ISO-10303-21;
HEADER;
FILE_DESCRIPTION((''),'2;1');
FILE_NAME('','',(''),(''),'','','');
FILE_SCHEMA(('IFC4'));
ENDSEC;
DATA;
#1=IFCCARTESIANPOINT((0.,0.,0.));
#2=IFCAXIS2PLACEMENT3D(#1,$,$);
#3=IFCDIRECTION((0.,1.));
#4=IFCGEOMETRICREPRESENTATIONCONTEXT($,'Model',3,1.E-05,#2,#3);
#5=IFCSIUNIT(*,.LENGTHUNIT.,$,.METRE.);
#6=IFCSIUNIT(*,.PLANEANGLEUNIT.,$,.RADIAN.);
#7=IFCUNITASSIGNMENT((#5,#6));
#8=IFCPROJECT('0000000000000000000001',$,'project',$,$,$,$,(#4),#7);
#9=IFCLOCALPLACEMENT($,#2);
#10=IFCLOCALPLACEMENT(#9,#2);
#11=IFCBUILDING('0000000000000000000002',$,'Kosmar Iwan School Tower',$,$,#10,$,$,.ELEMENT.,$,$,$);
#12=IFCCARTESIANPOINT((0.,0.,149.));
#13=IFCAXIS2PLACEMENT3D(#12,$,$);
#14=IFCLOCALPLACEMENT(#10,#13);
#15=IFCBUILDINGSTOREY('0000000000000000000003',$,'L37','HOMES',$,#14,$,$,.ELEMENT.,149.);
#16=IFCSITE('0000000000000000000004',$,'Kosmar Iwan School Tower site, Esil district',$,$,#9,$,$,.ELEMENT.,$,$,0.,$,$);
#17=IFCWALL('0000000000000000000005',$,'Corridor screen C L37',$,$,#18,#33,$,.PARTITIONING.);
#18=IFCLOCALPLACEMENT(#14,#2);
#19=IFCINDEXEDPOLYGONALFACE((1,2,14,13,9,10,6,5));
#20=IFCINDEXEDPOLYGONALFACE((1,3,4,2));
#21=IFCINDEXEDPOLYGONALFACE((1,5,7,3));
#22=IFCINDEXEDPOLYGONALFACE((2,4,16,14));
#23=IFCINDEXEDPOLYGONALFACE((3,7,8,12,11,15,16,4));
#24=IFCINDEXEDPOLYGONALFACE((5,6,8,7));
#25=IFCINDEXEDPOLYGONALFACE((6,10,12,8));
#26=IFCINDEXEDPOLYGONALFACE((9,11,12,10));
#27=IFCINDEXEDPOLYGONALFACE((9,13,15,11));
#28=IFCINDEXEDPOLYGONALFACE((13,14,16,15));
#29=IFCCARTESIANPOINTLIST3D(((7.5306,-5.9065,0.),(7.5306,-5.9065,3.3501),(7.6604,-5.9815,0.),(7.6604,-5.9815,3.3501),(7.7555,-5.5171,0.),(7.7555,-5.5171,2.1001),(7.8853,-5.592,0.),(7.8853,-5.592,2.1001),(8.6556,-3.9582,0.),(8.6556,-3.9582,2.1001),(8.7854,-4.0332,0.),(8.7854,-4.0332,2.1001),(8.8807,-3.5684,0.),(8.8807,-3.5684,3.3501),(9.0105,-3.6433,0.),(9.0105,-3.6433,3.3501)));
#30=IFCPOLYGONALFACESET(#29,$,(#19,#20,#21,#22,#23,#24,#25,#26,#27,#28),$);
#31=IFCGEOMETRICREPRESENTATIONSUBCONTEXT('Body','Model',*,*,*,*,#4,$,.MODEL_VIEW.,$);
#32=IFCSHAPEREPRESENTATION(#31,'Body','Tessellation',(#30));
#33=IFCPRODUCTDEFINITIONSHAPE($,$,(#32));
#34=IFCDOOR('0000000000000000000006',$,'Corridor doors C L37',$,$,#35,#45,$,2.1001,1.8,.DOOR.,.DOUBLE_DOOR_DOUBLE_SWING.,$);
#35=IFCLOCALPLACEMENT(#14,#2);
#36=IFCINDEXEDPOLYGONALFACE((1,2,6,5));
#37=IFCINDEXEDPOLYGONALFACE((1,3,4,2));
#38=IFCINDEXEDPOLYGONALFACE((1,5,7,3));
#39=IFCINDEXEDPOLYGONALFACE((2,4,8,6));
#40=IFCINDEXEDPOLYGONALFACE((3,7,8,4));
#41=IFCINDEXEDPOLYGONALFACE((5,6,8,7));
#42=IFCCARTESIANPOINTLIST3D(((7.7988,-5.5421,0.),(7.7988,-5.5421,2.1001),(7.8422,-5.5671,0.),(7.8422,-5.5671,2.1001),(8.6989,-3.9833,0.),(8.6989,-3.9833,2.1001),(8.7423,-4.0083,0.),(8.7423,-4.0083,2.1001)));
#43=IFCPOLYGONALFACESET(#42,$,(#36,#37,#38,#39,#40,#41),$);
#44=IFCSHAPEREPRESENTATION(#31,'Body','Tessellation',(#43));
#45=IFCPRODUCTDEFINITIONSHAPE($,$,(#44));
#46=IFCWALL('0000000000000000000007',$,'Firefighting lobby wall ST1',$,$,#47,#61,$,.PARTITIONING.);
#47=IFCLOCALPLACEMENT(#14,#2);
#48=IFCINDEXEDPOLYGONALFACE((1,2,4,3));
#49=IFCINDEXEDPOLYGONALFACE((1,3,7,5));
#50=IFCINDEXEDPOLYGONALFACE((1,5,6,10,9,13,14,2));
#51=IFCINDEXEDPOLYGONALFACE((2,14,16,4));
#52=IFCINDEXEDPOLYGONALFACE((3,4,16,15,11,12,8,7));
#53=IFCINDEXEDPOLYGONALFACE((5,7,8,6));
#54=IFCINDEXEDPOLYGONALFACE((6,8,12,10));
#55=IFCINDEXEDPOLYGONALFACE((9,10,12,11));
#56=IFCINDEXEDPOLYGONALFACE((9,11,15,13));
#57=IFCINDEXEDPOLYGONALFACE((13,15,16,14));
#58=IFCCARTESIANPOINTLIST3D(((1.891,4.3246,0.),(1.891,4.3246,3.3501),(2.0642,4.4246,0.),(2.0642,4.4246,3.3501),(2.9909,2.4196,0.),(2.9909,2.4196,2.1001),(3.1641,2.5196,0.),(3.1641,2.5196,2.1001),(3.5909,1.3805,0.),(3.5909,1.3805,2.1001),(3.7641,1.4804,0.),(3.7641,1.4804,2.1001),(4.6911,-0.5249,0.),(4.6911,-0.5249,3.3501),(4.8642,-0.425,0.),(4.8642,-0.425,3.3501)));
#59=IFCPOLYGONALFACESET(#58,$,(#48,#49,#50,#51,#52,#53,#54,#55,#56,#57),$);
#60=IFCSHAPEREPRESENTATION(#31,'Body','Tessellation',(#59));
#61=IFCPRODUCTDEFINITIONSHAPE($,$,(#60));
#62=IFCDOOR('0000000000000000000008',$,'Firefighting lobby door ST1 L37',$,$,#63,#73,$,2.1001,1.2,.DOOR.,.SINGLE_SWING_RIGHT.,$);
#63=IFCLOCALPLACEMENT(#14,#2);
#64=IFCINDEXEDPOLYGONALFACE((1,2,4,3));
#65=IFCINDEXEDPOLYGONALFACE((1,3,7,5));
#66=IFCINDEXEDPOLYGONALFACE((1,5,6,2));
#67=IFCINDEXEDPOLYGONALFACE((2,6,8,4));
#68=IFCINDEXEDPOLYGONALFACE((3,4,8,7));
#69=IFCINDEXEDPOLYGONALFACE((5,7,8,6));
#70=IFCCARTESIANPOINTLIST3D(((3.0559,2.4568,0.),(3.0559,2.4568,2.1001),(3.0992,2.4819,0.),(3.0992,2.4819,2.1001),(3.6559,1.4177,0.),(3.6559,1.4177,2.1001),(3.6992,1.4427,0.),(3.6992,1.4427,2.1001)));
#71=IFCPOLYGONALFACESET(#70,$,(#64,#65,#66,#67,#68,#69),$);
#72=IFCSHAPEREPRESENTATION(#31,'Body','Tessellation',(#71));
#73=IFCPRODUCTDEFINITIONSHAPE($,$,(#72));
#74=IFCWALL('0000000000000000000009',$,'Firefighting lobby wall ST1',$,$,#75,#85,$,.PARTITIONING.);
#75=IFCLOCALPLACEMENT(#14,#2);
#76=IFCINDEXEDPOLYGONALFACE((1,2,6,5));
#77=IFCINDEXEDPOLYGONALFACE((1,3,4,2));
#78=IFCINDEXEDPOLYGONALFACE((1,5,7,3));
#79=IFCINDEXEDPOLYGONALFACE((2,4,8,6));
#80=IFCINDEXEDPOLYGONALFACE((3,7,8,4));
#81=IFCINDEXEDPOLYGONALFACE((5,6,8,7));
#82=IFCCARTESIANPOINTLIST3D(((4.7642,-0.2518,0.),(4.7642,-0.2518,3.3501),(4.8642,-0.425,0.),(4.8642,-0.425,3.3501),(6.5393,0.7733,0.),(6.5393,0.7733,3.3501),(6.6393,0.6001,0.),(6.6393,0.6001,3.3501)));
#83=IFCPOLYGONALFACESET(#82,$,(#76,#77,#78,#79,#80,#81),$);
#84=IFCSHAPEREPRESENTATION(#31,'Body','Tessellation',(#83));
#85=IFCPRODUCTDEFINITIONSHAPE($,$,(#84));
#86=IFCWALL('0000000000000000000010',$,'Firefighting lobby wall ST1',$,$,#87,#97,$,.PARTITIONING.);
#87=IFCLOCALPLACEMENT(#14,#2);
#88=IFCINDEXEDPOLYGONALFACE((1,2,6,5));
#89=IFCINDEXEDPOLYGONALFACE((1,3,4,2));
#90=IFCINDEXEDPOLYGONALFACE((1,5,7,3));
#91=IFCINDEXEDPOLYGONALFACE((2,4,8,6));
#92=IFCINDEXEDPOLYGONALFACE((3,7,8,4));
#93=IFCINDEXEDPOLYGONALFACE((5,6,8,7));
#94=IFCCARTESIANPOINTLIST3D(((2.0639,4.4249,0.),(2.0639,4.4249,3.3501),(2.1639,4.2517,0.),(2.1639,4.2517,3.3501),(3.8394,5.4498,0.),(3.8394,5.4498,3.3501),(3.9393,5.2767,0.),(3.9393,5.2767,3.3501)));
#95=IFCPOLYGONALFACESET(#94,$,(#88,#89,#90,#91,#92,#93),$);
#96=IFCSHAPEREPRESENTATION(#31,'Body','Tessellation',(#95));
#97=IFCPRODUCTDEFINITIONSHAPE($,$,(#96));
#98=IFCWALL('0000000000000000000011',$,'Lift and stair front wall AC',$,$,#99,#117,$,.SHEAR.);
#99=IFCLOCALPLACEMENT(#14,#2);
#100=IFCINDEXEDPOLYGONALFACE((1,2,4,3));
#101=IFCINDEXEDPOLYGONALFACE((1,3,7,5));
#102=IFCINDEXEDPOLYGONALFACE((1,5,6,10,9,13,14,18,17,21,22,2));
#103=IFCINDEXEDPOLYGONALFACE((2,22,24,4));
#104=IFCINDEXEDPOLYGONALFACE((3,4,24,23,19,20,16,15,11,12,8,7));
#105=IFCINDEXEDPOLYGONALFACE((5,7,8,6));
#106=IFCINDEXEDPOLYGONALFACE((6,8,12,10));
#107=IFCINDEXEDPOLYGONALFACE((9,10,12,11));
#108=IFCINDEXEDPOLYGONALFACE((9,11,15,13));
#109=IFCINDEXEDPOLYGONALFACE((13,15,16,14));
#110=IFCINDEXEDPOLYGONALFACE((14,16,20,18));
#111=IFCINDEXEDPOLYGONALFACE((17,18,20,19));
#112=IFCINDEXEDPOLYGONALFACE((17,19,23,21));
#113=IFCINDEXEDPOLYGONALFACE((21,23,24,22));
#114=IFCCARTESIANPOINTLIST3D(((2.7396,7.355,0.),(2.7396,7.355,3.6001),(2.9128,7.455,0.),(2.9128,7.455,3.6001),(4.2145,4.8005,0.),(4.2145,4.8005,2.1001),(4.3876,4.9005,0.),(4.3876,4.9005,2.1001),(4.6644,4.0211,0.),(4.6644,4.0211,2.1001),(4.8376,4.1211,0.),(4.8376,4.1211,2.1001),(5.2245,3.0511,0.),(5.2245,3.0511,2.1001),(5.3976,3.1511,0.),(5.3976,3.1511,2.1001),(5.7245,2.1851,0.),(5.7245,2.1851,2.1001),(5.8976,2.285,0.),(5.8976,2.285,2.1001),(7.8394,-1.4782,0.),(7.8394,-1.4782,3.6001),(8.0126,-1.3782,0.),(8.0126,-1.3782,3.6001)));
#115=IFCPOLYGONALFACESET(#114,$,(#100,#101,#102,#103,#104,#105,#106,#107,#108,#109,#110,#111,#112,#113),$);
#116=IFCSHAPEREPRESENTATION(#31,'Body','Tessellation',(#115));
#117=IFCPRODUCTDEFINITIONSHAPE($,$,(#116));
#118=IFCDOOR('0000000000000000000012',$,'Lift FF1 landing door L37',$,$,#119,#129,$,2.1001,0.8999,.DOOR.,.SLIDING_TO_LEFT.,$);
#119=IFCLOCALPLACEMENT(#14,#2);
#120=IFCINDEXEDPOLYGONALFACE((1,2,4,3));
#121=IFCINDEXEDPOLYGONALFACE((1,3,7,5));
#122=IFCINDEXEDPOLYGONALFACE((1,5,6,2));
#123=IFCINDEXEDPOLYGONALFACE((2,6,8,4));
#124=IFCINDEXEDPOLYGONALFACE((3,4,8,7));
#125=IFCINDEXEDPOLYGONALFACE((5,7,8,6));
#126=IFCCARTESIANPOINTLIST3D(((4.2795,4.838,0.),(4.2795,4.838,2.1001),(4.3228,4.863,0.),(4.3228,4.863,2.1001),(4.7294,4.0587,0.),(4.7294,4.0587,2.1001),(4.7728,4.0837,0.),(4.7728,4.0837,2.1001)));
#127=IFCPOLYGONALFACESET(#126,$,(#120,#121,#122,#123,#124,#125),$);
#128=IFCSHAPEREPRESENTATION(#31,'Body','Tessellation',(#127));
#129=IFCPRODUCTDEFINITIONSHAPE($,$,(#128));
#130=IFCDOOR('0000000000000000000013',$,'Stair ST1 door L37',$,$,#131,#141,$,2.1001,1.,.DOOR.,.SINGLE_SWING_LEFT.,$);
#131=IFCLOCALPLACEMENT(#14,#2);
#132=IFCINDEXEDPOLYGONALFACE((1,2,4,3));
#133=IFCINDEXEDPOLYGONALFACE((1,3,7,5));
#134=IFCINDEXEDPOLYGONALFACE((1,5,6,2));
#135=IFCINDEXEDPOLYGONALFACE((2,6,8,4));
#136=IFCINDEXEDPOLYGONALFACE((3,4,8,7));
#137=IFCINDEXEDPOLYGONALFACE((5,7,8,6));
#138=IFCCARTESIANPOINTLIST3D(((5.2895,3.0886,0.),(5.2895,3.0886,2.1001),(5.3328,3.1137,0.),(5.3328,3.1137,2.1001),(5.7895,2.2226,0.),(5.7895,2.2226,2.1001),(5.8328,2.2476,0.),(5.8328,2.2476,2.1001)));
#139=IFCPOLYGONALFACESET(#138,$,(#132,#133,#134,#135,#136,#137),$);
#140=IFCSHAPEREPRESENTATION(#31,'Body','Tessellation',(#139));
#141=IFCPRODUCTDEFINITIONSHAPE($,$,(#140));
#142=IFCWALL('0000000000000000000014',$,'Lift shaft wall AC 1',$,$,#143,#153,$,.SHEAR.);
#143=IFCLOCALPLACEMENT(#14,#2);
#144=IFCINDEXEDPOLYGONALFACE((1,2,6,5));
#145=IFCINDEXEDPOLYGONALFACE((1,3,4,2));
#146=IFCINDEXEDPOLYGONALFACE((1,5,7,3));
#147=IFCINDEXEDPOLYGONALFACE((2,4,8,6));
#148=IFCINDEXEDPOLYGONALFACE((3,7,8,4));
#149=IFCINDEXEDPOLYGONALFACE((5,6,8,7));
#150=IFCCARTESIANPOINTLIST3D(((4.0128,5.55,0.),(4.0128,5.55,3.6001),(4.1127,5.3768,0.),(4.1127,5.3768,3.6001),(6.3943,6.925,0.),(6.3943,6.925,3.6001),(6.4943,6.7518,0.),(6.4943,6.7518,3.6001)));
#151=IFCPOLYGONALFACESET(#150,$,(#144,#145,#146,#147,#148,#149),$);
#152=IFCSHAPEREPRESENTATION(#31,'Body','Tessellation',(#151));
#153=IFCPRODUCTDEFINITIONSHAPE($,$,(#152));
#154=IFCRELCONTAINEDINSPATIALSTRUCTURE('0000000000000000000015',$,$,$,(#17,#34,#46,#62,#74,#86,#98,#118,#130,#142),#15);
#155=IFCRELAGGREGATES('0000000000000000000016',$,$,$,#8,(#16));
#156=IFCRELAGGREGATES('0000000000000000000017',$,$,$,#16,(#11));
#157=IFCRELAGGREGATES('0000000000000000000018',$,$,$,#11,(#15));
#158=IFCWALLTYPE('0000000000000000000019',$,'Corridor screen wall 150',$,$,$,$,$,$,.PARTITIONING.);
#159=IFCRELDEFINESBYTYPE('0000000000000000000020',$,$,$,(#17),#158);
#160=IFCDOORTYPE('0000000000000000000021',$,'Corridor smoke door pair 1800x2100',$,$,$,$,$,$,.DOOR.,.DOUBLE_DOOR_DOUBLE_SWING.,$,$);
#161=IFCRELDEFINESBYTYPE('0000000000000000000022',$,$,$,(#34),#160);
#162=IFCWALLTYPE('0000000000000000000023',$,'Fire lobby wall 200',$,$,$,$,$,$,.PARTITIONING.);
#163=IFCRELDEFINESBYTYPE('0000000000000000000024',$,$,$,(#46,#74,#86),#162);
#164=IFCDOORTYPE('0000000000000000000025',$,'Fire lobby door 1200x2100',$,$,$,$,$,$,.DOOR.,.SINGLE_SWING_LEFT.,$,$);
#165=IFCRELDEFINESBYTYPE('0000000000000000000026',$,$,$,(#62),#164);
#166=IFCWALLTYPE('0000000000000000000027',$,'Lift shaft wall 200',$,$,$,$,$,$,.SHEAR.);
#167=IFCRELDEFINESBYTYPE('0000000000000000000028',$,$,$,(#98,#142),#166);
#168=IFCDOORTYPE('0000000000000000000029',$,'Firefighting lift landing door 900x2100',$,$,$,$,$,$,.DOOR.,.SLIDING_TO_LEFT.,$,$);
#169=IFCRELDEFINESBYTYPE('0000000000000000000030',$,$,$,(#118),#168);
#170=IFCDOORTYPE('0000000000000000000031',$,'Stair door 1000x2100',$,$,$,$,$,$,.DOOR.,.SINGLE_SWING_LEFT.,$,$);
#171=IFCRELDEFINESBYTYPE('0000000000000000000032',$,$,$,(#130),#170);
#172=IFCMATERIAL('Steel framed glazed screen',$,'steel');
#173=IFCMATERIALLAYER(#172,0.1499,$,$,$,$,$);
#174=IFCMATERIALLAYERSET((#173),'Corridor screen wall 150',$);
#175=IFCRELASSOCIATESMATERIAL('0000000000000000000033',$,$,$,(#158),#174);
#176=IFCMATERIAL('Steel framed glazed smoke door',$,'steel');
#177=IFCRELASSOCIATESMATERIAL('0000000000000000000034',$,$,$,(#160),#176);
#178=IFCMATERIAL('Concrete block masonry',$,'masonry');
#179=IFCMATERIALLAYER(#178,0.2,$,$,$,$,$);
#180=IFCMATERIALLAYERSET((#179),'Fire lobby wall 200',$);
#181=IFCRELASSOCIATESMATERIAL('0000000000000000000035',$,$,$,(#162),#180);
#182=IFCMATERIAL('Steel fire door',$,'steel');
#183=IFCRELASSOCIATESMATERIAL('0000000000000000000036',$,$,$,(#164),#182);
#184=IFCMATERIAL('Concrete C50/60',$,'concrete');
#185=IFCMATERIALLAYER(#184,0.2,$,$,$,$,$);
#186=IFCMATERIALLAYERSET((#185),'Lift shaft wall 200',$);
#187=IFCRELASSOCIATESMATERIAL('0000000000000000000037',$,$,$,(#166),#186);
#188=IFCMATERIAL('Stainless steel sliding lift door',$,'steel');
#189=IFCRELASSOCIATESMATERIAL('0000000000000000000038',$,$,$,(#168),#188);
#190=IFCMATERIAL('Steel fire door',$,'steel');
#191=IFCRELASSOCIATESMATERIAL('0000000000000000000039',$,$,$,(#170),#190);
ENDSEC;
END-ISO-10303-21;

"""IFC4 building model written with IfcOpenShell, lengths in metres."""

from ifc_helpers import new_model, si_unit, direction, frame, frame_2d, origin, place, context, subcontext, project, spatial, rectangle, extrude, material, layer, layer_set, type_object, element, fill, save


model = new_model("IFC4")

# Units and contexts
model_context = context("Model", 3, precision=1e-05, world=origin(), true_north=direction((0.0, 1.0)))
body_context = subcontext(model_context, "Body", "Model", "MODEL_VIEW")
ifc_project = project(units=[si_unit("LENGTHUNIT", "METRE"), si_unit("PLANEANGLEUNIT", "RADIAN")], contexts=[model_context])

# Site, building, storey
site_placement = place(None, origin())
site = spatial("IfcSite", under=ifc_project, at=site_placement, Name="Kosmar Iwan School Tower site, Esil district", CompositionType="ELEMENT", RefElevation=0.0)
building_placement = place(site_placement, origin())
building = spatial("IfcBuilding", under=site, at=building_placement, Name="Kosmar Iwan School Tower", CompositionType="ELEMENT")
storey_placement = place(building_placement, frame((0.0, 0.0, 149.0)))
storey = spatial("IfcBuildingStorey", under=building, at=storey_placement, Name="L37", Description="HOMES", CompositionType="ELEMENT", Elevation=149.0)

# Walls, openings, doors
ifc_material_1 = material(Name="Steel framed glazed screen", Category="steel")
ifc_layer_1 = layer(ifc_material_1, 0.1499)
ifc_layer_set_1 = layer_set([ifc_layer_1], Name="Corridor screen wall 150")
wall_type_1 = type_object("IfcWallType", Name="Corridor screen wall 150", PredefinedType="PARTITIONING", material=ifc_layer_set_1)
wall_1_placement = place(storey_placement, frame((7.5955, -5.9441, 0.0), z_axis=(0.0, 0.0, 1.0), x_axis=(0.500049, 0.865997, 0.0)))
wall_1 = element("IfcWall", 1, at=wall_1_placement, inside=storey, type_object=wall_type_1, Name="Corridor screen C L37", PredefinedType="PARTITIONING", context=body_context, shape_type="SweptSolid", body=[
    extrude(rectangle(XDim=2.7, YDim=0.1499, at=frame_2d((1.3501, 0.0))), origin(), (0.0, 0.0, 1.0), 3.3501),
])
opening_1_placement = place(wall_1_placement, frame((0.45, 0.0, 0.0)))
opening_1 = element("IfcOpeningElement", 2, at=opening_1_placement, cuts=wall_1, PredefinedType="OPENING", context=body_context, shape_type="SweptSolid", body=[
    extrude(rectangle(XDim=1.8, YDim=2.1001, at=frame_2d((0.8999, 1.05))), frame((0.0, 0.0869, 0.0), z_axis=(0.0, -1.0, 0.0), x_axis=(1.0, 0.0, 0.0)), (0.0, 0.0, 1.0), 0.1738),
])
ifc_material_2 = material(Name="Steel framed glazed smoke door", Category="steel")
door_type_1 = type_object("IfcDoorType", Name="Corridor smoke door pair 1800x2100", OperationType="DOUBLE_DOOR_DOUBLE_SWING", PredefinedType="DOOR", material=ifc_material_2)
door_1_placement = place(opening_1_placement, origin())
door_1 = element("IfcDoor", 3, at=door_1_placement, inside=storey, type_object=door_type_1, Name="Corridor doors C L37", OperationType="DOUBLE_DOOR_DOUBLE_SWING", OverallHeight=2.1001, OverallWidth=1.8, PredefinedType="DOOR", context=body_context, shape_type="SweptSolid", body=[
    extrude(rectangle(XDim=1.8, YDim=2.1001, at=frame_2d((0.8999, 1.05))), frame((0.0, 0.0249, 0.0), z_axis=(0.0, -1.0, 0.0), x_axis=(1.0, 0.0, 0.0)), (0.0, 0.0, 1.0), 0.05),
])
fill(opening_1, door_1)
ifc_material_3 = material(Name="Concrete block masonry", Category="masonry")
ifc_layer_2 = layer(ifc_material_3, 0.2)
ifc_layer_set_2 = layer_set([ifc_layer_2], Name="Fire lobby wall 200")
wall_type_2 = type_object("IfcWallType", Name="Fire lobby wall 200", PredefinedType="PARTITIONING", material=ifc_layer_set_2)
wall_2_placement = place(storey_placement, frame((4.7776, -0.4749, 0.0), z_axis=(0.0, 0.0, 1.0), x_axis=(-0.500017, 0.866016, 0.0)))
wall_2 = element("IfcWall", 4, at=wall_2_placement, inside=storey, type_object=wall_type_2, Name="Firefighting lobby wall ST1", PredefinedType="PARTITIONING", context=body_context, shape_type="SweptSolid", body=[
    extrude(rectangle(XDim=5.5999, YDim=0.2, at=frame_2d((2.7998, 0.0))), origin(), (0.0, 0.0, 1.0), 3.3501),
])
opening_2_placement = place(wall_2_placement, frame((2.2, 0.0, 0.0)))
opening_2 = element("IfcOpeningElement", 5, at=opening_2_placement, cuts=wall_2, PredefinedType="OPENING", context=body_context, shape_type="SweptSolid", body=[
    extrude(rectangle(XDim=1.2, YDim=2.1001, at=frame_2d((0.6001, 1.05))), frame((0.0, 0.1121, 0.0), z_axis=(0.0, -1.0, 0.0), x_axis=(1.0, 0.0, 0.0)), (0.0, 0.0, 1.0), 0.2239),
])
ifc_material_4 = material(Name="Steel fire door", Category="steel")
door_type_2 = type_object("IfcDoorType", Name="Fire lobby door 1200x2100", OperationType="SINGLE_SWING_LEFT", PredefinedType="DOOR", material=ifc_material_4)
door_2_placement = place(opening_2_placement, frame((1.2, 0.0, 0.0), z_axis=(0.0, 0.0, 1.0), x_axis=(-1.0, 0.0, 0.0)))
door_2 = element("IfcDoor", 6, at=door_2_placement, inside=storey, type_object=door_type_2, Name="Firefighting lobby door ST1 L37", OperationType="SINGLE_SWING_RIGHT", OverallHeight=2.1001, OverallWidth=1.2, PredefinedType="DOOR", context=body_context, shape_type="SweptSolid", body=[
    extrude(rectangle(XDim=1.2, YDim=2.1001, at=frame_2d((0.6001, 1.05))), frame((0.0, 0.0249, 0.0), z_axis=(0.0, -1.0, 0.0), x_axis=(1.0, 0.0, 0.0)), (0.0, 0.0, 1.0), 0.05),
])
fill(opening_2, door_2)

# Walls
wall_3_placement = place(storey_placement, frame((4.8142, -0.3384, 0.0), z_axis=(0.0, 0.0, 1.0), x_axis=(0.865969, 0.500097, 0.0)))
element("IfcWall", 7, at=wall_3_placement, inside=storey, type_object=wall_type_2, Name="Firefighting lobby wall ST1", PredefinedType="PARTITIONING", context=body_context, shape_type="SweptSolid", body=[
    extrude(rectangle(XDim=2.0498, YDim=0.2, at=frame_2d((1.0249, 0.0))), origin(), (0.0, 0.0, 1.0), 3.3501),
])
wall_4_placement = place(storey_placement, frame((2.114, 4.3384, 0.0), z_axis=(0.0, 0.0, 1.0), x_axis=(0.866051, 0.499956, 0.0)))
element("IfcWall", 8, at=wall_4_placement, inside=storey, type_object=wall_type_2, Name="Firefighting lobby wall ST1", PredefinedType="PARTITIONING", context=body_context, shape_type="SweptSolid", body=[
    extrude(rectangle(XDim=2.05, YDim=0.2, at=frame_2d((1.0249, 0.0))), origin(), (0.0, 0.0, 1.0), 3.3501),
])

# Wall, openings, doors
ifc_material_5 = material(Name="Concrete C50/60", Category="concrete")
ifc_layer_3 = layer(ifc_material_5, 0.2)
ifc_layer_set_3 = layer_set([ifc_layer_3], Name="Lift shaft wall 200")
wall_type_3 = type_object("IfcWallType", Name="Lift shaft wall 200", PredefinedType="SHEAR", material=ifc_layer_set_3)
wall_5_placement = place(storey_placement, frame((7.926, -1.4282, 0.0), z_axis=(0.0, 0.0, 1.0), x_axis=(-0.499998, 0.866027, 0.0)))
wall_5 = element("IfcWall", 9, at=wall_5_placement, inside=storey, type_object=wall_type_3, Name="Lift and stair front wall AC", PredefinedType="SHEAR", context=body_context, shape_type="SweptSolid", body=[
    extrude(rectangle(XDim=10.1997, YDim=0.2, at=frame_2d((5.0999, 0.0))), origin(), (0.0, 0.0, 1.0), 3.6001),
])
opening_3_placement = place(wall_5_placement, frame((6.3501, 0.0, 0.0)))
opening_3 = element("IfcOpeningElement", 10, at=opening_3_placement, cuts=wall_5, PredefinedType="OPENING", context=body_context, shape_type="SweptSolid", body=[
    extrude(rectangle(XDim=0.8999, YDim=2.1001, at=frame_2d((0.45, 1.05))), frame((0.0, 0.1121, 0.0), z_axis=(0.0, -1.0, 0.0), x_axis=(1.0, 0.0, 0.0)), (0.0, 0.0, 1.0), 0.2239),
])
opening_4_placement = place(wall_5_placement, frame((4.23, 0.0, 0.0)))
opening_4 = element("IfcOpeningElement", 11, at=opening_4_placement, cuts=wall_5, PredefinedType="OPENING", context=body_context, shape_type="SweptSolid", body=[
    extrude(rectangle(XDim=1.0, YDim=2.1001, at=frame_2d((0.5, 1.05))), frame((0.0, 0.1121, 0.0), z_axis=(0.0, -1.0, 0.0), x_axis=(1.0, 0.0, 0.0)), (0.0, 0.0, 1.0), 0.2239),
])
ifc_material_6 = material(Name="Stainless steel sliding lift door", Category="steel")
door_type_3 = type_object("IfcDoorType", Name="Firefighting lift landing door 900x2100", OperationType="SLIDING_TO_LEFT", PredefinedType="DOOR", material=ifc_material_6)
door_3_placement = place(opening_3_placement, origin())
door_3 = element("IfcDoor", 12, at=door_3_placement, inside=storey, type_object=door_type_3, Name="Lift FF1 landing door L37", OperationType="SLIDING_TO_LEFT", OverallHeight=2.1001, OverallWidth=0.8999, PredefinedType="DOOR", context=body_context, shape_type="SweptSolid", body=[
    extrude(rectangle(XDim=0.8999, YDim=2.1001, at=frame_2d((0.45, 1.05))), frame((0.0, 0.0249, 0.0), z_axis=(0.0, -1.0, 0.0), x_axis=(1.0, 0.0, 0.0)), (0.0, 0.0, 1.0), 0.05),
])
fill(opening_3, door_3)
ifc_material_7 = material(Name="Steel fire door", Category="steel")
door_type_4 = type_object("IfcDoorType", Name="Stair door 1000x2100", OperationType="SINGLE_SWING_LEFT", PredefinedType="DOOR", material=ifc_material_7)
door_4_placement = place(opening_4_placement, origin())
door_4 = element("IfcDoor", 13, at=door_4_placement, inside=storey, type_object=door_type_4, Name="Stair ST1 door L37", OperationType="SINGLE_SWING_LEFT", OverallHeight=2.1001, OverallWidth=1.0, PredefinedType="DOOR", context=body_context, shape_type="SweptSolid", body=[
    extrude(rectangle(XDim=1.0, YDim=2.1001, at=frame_2d((0.5, 1.05))), frame((0.0, 0.0249, 0.0), z_axis=(0.0, -1.0, 0.0), x_axis=(1.0, 0.0, 0.0)), (0.0, 0.0, 1.0), 0.05),
])
fill(opening_4, door_4)

# Wall
wall_6_placement = place(storey_placement, frame((4.0627, 5.4634, 0.0), z_axis=(0.0, 0.0, 1.0), x_axis=(0.866027, 0.499997, 0.0)))
element("IfcWall", 14, at=wall_6_placement, inside=storey, type_object=wall_type_3, Name="Lift shaft wall AC 1", PredefinedType="SHEAR", context=body_context, shape_type="SweptSolid", body=[
    extrude(rectangle(XDim=2.75, YDim=0.2, at=frame_2d((1.375, 0.0))), origin(), (0.0, 0.0, 1.0), 3.6001),
])

save(model, "model.ifc")
